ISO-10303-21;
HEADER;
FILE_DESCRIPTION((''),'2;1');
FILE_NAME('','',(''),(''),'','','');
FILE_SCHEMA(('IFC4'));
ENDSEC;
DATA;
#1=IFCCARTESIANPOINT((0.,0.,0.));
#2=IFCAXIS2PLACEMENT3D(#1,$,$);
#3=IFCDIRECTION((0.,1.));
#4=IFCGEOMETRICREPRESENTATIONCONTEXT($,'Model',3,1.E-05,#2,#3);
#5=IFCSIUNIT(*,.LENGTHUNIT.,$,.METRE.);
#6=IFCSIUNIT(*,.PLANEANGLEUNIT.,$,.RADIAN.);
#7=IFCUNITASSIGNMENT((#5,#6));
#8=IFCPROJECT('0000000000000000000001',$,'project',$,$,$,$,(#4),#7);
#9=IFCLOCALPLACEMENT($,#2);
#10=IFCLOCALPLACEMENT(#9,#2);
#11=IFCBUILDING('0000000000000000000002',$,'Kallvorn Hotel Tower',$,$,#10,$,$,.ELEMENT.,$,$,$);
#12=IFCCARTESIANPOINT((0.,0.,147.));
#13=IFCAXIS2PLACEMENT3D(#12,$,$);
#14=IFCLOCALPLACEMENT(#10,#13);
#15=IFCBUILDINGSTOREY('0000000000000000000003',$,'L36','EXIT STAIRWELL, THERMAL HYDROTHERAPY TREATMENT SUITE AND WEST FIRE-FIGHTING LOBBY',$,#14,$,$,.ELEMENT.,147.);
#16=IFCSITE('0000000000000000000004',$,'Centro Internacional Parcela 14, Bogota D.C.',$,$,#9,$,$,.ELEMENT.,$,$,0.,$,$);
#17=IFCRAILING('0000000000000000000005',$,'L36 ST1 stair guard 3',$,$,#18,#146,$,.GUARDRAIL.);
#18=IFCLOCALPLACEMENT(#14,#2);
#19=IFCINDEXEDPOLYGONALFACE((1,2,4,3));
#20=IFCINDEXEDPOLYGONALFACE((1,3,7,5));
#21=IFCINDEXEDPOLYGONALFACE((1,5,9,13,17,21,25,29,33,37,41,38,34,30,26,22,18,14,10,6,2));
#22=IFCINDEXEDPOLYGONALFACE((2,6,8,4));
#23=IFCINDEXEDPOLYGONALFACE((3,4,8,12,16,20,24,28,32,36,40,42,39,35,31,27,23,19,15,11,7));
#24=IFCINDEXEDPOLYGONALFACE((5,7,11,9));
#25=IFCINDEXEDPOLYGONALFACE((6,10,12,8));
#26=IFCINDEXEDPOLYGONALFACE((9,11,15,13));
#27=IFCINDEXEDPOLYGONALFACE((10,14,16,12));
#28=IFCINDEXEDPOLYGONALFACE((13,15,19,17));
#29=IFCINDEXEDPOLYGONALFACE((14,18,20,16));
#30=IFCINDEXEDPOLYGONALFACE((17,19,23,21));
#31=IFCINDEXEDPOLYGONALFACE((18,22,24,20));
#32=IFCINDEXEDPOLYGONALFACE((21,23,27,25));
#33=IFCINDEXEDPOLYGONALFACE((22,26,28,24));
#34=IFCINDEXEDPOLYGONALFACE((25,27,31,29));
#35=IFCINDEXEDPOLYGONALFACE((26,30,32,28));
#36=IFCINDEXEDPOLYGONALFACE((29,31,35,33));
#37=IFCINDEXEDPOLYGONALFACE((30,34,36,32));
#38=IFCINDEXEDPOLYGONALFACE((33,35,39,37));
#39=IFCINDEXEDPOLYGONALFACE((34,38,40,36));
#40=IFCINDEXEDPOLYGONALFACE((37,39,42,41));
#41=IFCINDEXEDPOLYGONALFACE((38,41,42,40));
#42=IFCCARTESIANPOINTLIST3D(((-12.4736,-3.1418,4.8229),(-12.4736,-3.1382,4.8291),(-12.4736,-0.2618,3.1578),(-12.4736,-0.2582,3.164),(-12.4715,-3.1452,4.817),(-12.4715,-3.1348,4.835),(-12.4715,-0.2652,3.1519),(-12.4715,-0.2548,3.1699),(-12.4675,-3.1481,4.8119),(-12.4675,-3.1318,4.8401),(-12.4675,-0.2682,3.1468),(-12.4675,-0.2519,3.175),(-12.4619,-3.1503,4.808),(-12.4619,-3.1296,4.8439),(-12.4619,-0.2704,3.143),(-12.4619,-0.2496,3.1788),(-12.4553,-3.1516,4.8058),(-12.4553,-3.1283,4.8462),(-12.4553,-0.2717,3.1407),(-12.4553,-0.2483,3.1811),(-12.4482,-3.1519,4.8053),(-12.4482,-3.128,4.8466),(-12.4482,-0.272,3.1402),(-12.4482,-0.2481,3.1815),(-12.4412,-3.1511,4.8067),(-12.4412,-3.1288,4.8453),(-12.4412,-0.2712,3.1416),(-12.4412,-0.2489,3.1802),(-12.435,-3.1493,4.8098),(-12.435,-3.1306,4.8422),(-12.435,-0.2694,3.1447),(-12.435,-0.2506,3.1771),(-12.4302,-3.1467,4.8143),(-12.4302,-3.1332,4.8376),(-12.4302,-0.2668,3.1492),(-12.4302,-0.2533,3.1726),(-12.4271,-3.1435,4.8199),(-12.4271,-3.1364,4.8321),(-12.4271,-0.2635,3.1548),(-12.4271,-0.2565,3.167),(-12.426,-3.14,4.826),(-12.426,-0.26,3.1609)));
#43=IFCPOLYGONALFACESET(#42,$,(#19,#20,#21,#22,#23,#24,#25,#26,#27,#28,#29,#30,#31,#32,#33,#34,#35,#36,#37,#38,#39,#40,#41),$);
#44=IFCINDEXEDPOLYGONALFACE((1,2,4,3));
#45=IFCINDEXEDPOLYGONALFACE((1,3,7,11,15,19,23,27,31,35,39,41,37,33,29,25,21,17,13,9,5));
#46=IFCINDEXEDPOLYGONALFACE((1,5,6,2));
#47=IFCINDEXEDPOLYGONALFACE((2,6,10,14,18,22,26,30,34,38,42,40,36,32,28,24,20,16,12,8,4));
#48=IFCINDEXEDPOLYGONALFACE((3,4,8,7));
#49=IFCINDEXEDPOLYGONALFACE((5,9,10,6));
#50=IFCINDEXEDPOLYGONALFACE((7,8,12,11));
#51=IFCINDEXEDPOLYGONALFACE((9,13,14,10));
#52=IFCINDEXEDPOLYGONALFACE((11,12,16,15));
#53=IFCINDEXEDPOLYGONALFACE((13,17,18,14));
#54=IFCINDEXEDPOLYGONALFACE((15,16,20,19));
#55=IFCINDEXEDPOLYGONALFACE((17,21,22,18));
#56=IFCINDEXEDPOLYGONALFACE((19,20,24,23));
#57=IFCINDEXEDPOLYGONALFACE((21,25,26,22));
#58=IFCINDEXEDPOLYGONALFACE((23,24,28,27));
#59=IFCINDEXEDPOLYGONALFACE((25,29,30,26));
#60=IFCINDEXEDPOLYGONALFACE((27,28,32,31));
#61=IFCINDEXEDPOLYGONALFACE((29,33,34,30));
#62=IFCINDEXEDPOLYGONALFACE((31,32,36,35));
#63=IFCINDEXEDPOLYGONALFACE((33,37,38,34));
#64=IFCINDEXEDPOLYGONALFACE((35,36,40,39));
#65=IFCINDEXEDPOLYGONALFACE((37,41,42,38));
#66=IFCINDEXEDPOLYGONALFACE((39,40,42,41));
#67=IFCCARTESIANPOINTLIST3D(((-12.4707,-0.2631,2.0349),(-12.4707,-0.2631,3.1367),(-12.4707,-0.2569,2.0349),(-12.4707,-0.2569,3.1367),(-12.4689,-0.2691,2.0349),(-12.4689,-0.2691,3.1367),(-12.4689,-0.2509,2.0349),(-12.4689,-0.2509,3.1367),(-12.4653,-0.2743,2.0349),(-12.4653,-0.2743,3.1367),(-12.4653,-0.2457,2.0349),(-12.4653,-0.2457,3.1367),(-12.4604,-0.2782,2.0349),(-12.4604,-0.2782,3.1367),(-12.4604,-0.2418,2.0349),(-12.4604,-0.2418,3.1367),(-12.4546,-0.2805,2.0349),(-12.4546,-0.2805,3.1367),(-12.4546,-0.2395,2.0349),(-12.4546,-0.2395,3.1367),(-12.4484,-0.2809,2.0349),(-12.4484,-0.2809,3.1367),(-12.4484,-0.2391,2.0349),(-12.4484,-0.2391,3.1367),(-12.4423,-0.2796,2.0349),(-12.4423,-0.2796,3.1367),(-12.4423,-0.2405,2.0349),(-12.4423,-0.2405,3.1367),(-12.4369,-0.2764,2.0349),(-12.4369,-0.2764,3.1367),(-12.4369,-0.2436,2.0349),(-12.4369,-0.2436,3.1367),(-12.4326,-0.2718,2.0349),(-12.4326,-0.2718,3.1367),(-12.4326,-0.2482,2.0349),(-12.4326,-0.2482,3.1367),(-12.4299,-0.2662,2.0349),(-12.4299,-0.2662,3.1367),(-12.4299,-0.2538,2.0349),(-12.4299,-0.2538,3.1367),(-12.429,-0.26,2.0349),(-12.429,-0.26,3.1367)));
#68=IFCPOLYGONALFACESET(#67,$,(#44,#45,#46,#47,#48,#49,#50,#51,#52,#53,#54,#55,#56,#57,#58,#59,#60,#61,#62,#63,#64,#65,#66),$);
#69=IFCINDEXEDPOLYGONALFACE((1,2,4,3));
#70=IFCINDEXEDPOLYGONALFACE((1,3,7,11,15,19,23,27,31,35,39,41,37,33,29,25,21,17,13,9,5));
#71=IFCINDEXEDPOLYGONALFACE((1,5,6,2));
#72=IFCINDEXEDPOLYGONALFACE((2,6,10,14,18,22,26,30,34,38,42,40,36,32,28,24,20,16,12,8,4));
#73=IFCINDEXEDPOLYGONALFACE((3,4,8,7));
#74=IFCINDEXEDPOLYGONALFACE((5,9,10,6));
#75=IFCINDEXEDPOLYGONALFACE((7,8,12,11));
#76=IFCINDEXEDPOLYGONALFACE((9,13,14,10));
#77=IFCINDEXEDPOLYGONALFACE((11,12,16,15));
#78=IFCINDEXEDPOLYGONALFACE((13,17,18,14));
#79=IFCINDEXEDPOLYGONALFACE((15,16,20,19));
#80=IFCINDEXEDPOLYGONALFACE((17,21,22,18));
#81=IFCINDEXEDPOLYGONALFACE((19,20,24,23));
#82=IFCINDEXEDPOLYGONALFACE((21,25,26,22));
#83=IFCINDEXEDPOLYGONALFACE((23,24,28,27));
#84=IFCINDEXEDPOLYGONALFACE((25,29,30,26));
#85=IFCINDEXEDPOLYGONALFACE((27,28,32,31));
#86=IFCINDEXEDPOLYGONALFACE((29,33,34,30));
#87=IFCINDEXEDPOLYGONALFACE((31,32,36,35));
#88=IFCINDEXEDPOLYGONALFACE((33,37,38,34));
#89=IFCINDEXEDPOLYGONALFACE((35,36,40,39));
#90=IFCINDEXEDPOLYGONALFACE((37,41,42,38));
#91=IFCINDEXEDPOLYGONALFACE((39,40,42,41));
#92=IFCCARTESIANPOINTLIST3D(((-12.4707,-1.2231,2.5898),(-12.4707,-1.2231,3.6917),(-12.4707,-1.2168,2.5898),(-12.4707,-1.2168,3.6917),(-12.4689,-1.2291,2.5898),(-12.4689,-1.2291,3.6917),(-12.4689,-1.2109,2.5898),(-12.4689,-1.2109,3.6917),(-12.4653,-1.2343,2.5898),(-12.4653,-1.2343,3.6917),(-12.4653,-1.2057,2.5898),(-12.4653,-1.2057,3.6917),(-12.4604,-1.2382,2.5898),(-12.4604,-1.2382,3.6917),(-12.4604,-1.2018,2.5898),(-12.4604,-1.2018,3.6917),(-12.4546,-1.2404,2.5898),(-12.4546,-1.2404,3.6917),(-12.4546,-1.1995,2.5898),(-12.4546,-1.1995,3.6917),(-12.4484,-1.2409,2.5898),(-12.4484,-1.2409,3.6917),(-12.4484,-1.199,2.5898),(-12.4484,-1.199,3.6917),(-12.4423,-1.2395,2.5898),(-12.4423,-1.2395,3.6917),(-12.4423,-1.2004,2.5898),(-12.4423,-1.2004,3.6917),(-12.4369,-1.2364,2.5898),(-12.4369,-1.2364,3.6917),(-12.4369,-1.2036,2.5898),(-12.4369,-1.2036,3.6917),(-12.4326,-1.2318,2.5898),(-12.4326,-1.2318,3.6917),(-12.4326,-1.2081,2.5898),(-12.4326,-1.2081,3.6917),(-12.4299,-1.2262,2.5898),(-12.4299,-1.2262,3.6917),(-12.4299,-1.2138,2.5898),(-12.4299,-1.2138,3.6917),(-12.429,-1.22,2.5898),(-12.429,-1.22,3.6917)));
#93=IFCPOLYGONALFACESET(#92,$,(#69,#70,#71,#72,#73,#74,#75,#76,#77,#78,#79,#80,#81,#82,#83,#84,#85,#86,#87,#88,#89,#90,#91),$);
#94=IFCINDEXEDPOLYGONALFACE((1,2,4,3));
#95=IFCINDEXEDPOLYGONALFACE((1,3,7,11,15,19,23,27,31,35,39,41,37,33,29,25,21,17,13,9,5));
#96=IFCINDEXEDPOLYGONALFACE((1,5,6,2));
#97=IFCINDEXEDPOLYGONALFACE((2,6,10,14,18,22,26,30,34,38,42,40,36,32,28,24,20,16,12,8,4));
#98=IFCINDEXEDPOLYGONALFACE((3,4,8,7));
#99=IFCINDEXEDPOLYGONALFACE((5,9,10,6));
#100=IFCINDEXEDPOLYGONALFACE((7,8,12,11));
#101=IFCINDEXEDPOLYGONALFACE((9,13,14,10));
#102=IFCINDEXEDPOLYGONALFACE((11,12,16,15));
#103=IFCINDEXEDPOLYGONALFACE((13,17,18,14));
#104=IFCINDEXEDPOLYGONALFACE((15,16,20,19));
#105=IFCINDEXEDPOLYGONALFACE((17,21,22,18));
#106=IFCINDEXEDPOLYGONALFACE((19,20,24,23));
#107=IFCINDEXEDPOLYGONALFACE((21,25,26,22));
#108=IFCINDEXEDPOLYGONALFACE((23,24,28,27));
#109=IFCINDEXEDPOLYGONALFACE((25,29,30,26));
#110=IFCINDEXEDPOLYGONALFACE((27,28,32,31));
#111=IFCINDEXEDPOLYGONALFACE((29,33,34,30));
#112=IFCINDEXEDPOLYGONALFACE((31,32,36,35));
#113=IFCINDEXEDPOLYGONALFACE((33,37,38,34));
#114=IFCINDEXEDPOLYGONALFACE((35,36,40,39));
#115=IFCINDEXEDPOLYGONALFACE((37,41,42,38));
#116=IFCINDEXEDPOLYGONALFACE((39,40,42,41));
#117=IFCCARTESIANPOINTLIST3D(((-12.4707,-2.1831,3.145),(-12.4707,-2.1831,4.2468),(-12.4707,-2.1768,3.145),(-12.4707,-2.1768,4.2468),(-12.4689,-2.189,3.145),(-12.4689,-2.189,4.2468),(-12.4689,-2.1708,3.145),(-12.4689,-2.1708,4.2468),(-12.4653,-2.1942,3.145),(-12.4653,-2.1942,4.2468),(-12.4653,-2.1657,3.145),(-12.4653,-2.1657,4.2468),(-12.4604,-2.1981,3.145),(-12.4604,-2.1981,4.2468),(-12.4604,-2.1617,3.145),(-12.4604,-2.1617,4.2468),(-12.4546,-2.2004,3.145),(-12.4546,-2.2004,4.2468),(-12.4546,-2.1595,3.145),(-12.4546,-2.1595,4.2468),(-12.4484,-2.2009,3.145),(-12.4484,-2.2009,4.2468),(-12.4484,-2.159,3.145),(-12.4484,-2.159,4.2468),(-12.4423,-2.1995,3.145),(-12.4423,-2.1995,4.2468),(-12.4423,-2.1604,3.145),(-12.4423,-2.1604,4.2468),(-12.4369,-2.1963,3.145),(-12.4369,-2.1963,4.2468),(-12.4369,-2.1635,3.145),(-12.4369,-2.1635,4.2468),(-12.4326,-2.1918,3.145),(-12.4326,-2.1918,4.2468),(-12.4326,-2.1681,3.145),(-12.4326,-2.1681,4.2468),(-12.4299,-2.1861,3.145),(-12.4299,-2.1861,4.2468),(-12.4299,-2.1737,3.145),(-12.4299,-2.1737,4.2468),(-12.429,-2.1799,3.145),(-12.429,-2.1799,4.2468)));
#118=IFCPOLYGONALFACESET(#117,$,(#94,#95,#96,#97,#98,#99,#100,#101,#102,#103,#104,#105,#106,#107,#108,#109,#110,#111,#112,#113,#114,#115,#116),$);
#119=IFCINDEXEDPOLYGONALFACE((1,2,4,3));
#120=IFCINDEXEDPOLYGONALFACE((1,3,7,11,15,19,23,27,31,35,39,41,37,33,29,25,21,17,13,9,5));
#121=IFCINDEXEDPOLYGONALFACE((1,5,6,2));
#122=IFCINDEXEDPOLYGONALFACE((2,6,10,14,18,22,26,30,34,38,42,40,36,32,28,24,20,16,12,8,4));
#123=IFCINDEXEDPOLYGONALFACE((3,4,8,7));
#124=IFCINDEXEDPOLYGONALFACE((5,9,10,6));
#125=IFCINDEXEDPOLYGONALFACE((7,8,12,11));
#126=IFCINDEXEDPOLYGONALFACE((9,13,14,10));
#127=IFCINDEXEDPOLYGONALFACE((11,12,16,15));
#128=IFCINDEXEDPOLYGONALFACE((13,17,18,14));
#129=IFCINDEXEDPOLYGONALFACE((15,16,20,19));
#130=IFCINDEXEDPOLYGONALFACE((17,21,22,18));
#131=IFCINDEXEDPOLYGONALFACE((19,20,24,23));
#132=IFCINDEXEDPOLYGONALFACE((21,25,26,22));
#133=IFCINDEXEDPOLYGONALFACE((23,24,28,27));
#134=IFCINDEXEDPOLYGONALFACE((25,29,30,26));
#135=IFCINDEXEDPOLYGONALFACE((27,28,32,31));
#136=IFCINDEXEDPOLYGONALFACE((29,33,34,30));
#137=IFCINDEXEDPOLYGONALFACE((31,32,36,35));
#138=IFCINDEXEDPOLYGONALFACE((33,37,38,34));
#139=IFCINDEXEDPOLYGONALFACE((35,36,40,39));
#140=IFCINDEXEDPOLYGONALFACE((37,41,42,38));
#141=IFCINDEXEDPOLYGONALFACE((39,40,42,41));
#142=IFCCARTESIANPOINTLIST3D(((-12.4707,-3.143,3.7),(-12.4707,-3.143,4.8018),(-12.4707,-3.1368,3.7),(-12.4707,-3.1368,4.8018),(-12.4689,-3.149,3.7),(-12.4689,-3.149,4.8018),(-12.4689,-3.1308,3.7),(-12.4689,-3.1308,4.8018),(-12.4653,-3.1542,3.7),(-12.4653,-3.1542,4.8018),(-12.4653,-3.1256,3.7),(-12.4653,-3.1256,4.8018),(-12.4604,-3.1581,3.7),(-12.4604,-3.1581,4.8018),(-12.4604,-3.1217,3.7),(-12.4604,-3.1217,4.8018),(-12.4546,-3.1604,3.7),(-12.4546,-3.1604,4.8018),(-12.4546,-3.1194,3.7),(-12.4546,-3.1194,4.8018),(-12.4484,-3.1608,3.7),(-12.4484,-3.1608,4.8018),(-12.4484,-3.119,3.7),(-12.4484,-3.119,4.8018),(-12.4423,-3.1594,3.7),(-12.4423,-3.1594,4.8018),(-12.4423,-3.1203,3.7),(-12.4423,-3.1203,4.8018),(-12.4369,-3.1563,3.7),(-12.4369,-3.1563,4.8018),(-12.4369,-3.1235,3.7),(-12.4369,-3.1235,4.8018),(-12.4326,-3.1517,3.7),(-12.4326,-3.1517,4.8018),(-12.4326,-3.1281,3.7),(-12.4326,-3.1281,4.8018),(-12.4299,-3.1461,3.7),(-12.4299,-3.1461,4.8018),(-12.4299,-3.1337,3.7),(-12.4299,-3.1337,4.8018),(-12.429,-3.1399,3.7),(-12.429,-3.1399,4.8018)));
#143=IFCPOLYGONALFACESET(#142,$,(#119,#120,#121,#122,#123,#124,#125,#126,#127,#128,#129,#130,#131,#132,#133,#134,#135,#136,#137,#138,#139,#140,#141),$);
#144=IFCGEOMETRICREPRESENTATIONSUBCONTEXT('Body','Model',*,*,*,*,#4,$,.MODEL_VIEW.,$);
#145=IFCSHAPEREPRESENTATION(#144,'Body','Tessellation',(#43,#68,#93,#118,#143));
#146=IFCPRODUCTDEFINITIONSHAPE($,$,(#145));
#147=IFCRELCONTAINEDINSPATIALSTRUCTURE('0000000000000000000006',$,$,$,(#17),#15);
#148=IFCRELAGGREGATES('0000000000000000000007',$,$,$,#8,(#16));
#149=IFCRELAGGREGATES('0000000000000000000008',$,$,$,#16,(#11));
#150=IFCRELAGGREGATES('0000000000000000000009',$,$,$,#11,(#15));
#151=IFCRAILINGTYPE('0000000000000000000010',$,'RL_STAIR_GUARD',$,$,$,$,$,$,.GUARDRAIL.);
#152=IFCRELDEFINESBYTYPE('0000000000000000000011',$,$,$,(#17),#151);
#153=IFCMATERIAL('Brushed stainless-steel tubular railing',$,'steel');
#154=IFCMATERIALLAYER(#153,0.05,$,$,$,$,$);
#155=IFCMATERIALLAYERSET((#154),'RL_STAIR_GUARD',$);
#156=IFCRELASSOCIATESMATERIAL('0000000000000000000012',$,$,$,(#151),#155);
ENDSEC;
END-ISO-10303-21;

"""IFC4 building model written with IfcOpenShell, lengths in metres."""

from ifc_helpers import new_model, si_unit, direction, frame, origin, origin_2d, place, context, subcontext, project, spatial, circle, extrude, material, layer, layer_set, type_object, element, save


model = new_model("IFC4")

# Units and contexts
model_context = context("Model", 3, precision=1e-05, world=origin(), true_north=direction((0.0, 1.0)))
body_context = subcontext(model_context, "Body", "Model", "MODEL_VIEW")
ifc_project = project(units=[si_unit("LENGTHUNIT", "METRE"), si_unit("PLANEANGLEUNIT", "RADIAN")], contexts=[model_context])

# Site, building, storey
site_placement = place(None, origin())
site = spatial("IfcSite", under=ifc_project, at=site_placement, Name="Centro Internacional Parcela 14, Bogota D.C.", CompositionType="ELEMENT", RefElevation=0.0)
building_placement = place(site_placement, origin())
building = spatial("IfcBuilding", under=site, at=building_placement, Name="Kallvorn Hotel Tower", CompositionType="ELEMENT")
storey_placement = place(building_placement, frame((0.0, 0.0, 147.0)))
storey = spatial("IfcBuildingStorey", under=building, at=storey_placement, Name="L36", Description="EXIT STAIRWELL, THERMAL HYDROTHERAPY TREATMENT SUITE AND WEST FIRE-FIGHTING LOBBY", CompositionType="ELEMENT", Elevation=147.0)

# Railing
ifc_material_1 = material(Name="Brushed stainless-steel tubular railing", Category="steel")
ifc_layer_1 = layer(ifc_material_1, 0.05)
ifc_layer_set_1 = layer_set([ifc_layer_1], Name="RL_STAIR_GUARD")
railing_type_1 = type_object("IfcRailingType", Name="RL_STAIR_GUARD", PredefinedType="GUARDRAIL", material=ifc_layer_set_1)
railing_1_placement = place(storey_placement, frame((-12.45, -0.26, 2.0349)))
element("IfcRailing", 1, at=railing_1_placement, inside=storey, type_object=railing_type_1, Name="L36 ST1 stair guard 3", PredefinedType="GUARDRAIL", context=body_context, shape_type="SweptSolid", body=[
    extrude(circle(Radius=0.0239, at=origin_2d()), frame((0.0, 0.0, 1.126), z_axis=(0.0, -0.865721, 0.500527), x_axis=(1.0, 0.0, 0.0)), (0.0, 0.0, 1.0), 3.3267),
    extrude(circle(Radius=0.021, at=origin_2d()), origin(), (0.0, 0.0, 1.0), 1.1018),
    extrude(circle(Radius=0.021, at=origin_2d()), frame((0.0, -0.96, 0.5549)), (0.0, 0.0, 1.0), 1.1018),
    extrude(circle(Radius=0.021, at=origin_2d()), frame((0.0, -1.9199, 1.1101)), (0.0, 0.0, 1.0), 1.1018),
    extrude(circle(Radius=0.021, at=origin_2d()), frame((0.0, -2.8799, 1.665)), (0.0, 0.0, 1.0), 1.1018),
])

save(model, "model.ifc")
